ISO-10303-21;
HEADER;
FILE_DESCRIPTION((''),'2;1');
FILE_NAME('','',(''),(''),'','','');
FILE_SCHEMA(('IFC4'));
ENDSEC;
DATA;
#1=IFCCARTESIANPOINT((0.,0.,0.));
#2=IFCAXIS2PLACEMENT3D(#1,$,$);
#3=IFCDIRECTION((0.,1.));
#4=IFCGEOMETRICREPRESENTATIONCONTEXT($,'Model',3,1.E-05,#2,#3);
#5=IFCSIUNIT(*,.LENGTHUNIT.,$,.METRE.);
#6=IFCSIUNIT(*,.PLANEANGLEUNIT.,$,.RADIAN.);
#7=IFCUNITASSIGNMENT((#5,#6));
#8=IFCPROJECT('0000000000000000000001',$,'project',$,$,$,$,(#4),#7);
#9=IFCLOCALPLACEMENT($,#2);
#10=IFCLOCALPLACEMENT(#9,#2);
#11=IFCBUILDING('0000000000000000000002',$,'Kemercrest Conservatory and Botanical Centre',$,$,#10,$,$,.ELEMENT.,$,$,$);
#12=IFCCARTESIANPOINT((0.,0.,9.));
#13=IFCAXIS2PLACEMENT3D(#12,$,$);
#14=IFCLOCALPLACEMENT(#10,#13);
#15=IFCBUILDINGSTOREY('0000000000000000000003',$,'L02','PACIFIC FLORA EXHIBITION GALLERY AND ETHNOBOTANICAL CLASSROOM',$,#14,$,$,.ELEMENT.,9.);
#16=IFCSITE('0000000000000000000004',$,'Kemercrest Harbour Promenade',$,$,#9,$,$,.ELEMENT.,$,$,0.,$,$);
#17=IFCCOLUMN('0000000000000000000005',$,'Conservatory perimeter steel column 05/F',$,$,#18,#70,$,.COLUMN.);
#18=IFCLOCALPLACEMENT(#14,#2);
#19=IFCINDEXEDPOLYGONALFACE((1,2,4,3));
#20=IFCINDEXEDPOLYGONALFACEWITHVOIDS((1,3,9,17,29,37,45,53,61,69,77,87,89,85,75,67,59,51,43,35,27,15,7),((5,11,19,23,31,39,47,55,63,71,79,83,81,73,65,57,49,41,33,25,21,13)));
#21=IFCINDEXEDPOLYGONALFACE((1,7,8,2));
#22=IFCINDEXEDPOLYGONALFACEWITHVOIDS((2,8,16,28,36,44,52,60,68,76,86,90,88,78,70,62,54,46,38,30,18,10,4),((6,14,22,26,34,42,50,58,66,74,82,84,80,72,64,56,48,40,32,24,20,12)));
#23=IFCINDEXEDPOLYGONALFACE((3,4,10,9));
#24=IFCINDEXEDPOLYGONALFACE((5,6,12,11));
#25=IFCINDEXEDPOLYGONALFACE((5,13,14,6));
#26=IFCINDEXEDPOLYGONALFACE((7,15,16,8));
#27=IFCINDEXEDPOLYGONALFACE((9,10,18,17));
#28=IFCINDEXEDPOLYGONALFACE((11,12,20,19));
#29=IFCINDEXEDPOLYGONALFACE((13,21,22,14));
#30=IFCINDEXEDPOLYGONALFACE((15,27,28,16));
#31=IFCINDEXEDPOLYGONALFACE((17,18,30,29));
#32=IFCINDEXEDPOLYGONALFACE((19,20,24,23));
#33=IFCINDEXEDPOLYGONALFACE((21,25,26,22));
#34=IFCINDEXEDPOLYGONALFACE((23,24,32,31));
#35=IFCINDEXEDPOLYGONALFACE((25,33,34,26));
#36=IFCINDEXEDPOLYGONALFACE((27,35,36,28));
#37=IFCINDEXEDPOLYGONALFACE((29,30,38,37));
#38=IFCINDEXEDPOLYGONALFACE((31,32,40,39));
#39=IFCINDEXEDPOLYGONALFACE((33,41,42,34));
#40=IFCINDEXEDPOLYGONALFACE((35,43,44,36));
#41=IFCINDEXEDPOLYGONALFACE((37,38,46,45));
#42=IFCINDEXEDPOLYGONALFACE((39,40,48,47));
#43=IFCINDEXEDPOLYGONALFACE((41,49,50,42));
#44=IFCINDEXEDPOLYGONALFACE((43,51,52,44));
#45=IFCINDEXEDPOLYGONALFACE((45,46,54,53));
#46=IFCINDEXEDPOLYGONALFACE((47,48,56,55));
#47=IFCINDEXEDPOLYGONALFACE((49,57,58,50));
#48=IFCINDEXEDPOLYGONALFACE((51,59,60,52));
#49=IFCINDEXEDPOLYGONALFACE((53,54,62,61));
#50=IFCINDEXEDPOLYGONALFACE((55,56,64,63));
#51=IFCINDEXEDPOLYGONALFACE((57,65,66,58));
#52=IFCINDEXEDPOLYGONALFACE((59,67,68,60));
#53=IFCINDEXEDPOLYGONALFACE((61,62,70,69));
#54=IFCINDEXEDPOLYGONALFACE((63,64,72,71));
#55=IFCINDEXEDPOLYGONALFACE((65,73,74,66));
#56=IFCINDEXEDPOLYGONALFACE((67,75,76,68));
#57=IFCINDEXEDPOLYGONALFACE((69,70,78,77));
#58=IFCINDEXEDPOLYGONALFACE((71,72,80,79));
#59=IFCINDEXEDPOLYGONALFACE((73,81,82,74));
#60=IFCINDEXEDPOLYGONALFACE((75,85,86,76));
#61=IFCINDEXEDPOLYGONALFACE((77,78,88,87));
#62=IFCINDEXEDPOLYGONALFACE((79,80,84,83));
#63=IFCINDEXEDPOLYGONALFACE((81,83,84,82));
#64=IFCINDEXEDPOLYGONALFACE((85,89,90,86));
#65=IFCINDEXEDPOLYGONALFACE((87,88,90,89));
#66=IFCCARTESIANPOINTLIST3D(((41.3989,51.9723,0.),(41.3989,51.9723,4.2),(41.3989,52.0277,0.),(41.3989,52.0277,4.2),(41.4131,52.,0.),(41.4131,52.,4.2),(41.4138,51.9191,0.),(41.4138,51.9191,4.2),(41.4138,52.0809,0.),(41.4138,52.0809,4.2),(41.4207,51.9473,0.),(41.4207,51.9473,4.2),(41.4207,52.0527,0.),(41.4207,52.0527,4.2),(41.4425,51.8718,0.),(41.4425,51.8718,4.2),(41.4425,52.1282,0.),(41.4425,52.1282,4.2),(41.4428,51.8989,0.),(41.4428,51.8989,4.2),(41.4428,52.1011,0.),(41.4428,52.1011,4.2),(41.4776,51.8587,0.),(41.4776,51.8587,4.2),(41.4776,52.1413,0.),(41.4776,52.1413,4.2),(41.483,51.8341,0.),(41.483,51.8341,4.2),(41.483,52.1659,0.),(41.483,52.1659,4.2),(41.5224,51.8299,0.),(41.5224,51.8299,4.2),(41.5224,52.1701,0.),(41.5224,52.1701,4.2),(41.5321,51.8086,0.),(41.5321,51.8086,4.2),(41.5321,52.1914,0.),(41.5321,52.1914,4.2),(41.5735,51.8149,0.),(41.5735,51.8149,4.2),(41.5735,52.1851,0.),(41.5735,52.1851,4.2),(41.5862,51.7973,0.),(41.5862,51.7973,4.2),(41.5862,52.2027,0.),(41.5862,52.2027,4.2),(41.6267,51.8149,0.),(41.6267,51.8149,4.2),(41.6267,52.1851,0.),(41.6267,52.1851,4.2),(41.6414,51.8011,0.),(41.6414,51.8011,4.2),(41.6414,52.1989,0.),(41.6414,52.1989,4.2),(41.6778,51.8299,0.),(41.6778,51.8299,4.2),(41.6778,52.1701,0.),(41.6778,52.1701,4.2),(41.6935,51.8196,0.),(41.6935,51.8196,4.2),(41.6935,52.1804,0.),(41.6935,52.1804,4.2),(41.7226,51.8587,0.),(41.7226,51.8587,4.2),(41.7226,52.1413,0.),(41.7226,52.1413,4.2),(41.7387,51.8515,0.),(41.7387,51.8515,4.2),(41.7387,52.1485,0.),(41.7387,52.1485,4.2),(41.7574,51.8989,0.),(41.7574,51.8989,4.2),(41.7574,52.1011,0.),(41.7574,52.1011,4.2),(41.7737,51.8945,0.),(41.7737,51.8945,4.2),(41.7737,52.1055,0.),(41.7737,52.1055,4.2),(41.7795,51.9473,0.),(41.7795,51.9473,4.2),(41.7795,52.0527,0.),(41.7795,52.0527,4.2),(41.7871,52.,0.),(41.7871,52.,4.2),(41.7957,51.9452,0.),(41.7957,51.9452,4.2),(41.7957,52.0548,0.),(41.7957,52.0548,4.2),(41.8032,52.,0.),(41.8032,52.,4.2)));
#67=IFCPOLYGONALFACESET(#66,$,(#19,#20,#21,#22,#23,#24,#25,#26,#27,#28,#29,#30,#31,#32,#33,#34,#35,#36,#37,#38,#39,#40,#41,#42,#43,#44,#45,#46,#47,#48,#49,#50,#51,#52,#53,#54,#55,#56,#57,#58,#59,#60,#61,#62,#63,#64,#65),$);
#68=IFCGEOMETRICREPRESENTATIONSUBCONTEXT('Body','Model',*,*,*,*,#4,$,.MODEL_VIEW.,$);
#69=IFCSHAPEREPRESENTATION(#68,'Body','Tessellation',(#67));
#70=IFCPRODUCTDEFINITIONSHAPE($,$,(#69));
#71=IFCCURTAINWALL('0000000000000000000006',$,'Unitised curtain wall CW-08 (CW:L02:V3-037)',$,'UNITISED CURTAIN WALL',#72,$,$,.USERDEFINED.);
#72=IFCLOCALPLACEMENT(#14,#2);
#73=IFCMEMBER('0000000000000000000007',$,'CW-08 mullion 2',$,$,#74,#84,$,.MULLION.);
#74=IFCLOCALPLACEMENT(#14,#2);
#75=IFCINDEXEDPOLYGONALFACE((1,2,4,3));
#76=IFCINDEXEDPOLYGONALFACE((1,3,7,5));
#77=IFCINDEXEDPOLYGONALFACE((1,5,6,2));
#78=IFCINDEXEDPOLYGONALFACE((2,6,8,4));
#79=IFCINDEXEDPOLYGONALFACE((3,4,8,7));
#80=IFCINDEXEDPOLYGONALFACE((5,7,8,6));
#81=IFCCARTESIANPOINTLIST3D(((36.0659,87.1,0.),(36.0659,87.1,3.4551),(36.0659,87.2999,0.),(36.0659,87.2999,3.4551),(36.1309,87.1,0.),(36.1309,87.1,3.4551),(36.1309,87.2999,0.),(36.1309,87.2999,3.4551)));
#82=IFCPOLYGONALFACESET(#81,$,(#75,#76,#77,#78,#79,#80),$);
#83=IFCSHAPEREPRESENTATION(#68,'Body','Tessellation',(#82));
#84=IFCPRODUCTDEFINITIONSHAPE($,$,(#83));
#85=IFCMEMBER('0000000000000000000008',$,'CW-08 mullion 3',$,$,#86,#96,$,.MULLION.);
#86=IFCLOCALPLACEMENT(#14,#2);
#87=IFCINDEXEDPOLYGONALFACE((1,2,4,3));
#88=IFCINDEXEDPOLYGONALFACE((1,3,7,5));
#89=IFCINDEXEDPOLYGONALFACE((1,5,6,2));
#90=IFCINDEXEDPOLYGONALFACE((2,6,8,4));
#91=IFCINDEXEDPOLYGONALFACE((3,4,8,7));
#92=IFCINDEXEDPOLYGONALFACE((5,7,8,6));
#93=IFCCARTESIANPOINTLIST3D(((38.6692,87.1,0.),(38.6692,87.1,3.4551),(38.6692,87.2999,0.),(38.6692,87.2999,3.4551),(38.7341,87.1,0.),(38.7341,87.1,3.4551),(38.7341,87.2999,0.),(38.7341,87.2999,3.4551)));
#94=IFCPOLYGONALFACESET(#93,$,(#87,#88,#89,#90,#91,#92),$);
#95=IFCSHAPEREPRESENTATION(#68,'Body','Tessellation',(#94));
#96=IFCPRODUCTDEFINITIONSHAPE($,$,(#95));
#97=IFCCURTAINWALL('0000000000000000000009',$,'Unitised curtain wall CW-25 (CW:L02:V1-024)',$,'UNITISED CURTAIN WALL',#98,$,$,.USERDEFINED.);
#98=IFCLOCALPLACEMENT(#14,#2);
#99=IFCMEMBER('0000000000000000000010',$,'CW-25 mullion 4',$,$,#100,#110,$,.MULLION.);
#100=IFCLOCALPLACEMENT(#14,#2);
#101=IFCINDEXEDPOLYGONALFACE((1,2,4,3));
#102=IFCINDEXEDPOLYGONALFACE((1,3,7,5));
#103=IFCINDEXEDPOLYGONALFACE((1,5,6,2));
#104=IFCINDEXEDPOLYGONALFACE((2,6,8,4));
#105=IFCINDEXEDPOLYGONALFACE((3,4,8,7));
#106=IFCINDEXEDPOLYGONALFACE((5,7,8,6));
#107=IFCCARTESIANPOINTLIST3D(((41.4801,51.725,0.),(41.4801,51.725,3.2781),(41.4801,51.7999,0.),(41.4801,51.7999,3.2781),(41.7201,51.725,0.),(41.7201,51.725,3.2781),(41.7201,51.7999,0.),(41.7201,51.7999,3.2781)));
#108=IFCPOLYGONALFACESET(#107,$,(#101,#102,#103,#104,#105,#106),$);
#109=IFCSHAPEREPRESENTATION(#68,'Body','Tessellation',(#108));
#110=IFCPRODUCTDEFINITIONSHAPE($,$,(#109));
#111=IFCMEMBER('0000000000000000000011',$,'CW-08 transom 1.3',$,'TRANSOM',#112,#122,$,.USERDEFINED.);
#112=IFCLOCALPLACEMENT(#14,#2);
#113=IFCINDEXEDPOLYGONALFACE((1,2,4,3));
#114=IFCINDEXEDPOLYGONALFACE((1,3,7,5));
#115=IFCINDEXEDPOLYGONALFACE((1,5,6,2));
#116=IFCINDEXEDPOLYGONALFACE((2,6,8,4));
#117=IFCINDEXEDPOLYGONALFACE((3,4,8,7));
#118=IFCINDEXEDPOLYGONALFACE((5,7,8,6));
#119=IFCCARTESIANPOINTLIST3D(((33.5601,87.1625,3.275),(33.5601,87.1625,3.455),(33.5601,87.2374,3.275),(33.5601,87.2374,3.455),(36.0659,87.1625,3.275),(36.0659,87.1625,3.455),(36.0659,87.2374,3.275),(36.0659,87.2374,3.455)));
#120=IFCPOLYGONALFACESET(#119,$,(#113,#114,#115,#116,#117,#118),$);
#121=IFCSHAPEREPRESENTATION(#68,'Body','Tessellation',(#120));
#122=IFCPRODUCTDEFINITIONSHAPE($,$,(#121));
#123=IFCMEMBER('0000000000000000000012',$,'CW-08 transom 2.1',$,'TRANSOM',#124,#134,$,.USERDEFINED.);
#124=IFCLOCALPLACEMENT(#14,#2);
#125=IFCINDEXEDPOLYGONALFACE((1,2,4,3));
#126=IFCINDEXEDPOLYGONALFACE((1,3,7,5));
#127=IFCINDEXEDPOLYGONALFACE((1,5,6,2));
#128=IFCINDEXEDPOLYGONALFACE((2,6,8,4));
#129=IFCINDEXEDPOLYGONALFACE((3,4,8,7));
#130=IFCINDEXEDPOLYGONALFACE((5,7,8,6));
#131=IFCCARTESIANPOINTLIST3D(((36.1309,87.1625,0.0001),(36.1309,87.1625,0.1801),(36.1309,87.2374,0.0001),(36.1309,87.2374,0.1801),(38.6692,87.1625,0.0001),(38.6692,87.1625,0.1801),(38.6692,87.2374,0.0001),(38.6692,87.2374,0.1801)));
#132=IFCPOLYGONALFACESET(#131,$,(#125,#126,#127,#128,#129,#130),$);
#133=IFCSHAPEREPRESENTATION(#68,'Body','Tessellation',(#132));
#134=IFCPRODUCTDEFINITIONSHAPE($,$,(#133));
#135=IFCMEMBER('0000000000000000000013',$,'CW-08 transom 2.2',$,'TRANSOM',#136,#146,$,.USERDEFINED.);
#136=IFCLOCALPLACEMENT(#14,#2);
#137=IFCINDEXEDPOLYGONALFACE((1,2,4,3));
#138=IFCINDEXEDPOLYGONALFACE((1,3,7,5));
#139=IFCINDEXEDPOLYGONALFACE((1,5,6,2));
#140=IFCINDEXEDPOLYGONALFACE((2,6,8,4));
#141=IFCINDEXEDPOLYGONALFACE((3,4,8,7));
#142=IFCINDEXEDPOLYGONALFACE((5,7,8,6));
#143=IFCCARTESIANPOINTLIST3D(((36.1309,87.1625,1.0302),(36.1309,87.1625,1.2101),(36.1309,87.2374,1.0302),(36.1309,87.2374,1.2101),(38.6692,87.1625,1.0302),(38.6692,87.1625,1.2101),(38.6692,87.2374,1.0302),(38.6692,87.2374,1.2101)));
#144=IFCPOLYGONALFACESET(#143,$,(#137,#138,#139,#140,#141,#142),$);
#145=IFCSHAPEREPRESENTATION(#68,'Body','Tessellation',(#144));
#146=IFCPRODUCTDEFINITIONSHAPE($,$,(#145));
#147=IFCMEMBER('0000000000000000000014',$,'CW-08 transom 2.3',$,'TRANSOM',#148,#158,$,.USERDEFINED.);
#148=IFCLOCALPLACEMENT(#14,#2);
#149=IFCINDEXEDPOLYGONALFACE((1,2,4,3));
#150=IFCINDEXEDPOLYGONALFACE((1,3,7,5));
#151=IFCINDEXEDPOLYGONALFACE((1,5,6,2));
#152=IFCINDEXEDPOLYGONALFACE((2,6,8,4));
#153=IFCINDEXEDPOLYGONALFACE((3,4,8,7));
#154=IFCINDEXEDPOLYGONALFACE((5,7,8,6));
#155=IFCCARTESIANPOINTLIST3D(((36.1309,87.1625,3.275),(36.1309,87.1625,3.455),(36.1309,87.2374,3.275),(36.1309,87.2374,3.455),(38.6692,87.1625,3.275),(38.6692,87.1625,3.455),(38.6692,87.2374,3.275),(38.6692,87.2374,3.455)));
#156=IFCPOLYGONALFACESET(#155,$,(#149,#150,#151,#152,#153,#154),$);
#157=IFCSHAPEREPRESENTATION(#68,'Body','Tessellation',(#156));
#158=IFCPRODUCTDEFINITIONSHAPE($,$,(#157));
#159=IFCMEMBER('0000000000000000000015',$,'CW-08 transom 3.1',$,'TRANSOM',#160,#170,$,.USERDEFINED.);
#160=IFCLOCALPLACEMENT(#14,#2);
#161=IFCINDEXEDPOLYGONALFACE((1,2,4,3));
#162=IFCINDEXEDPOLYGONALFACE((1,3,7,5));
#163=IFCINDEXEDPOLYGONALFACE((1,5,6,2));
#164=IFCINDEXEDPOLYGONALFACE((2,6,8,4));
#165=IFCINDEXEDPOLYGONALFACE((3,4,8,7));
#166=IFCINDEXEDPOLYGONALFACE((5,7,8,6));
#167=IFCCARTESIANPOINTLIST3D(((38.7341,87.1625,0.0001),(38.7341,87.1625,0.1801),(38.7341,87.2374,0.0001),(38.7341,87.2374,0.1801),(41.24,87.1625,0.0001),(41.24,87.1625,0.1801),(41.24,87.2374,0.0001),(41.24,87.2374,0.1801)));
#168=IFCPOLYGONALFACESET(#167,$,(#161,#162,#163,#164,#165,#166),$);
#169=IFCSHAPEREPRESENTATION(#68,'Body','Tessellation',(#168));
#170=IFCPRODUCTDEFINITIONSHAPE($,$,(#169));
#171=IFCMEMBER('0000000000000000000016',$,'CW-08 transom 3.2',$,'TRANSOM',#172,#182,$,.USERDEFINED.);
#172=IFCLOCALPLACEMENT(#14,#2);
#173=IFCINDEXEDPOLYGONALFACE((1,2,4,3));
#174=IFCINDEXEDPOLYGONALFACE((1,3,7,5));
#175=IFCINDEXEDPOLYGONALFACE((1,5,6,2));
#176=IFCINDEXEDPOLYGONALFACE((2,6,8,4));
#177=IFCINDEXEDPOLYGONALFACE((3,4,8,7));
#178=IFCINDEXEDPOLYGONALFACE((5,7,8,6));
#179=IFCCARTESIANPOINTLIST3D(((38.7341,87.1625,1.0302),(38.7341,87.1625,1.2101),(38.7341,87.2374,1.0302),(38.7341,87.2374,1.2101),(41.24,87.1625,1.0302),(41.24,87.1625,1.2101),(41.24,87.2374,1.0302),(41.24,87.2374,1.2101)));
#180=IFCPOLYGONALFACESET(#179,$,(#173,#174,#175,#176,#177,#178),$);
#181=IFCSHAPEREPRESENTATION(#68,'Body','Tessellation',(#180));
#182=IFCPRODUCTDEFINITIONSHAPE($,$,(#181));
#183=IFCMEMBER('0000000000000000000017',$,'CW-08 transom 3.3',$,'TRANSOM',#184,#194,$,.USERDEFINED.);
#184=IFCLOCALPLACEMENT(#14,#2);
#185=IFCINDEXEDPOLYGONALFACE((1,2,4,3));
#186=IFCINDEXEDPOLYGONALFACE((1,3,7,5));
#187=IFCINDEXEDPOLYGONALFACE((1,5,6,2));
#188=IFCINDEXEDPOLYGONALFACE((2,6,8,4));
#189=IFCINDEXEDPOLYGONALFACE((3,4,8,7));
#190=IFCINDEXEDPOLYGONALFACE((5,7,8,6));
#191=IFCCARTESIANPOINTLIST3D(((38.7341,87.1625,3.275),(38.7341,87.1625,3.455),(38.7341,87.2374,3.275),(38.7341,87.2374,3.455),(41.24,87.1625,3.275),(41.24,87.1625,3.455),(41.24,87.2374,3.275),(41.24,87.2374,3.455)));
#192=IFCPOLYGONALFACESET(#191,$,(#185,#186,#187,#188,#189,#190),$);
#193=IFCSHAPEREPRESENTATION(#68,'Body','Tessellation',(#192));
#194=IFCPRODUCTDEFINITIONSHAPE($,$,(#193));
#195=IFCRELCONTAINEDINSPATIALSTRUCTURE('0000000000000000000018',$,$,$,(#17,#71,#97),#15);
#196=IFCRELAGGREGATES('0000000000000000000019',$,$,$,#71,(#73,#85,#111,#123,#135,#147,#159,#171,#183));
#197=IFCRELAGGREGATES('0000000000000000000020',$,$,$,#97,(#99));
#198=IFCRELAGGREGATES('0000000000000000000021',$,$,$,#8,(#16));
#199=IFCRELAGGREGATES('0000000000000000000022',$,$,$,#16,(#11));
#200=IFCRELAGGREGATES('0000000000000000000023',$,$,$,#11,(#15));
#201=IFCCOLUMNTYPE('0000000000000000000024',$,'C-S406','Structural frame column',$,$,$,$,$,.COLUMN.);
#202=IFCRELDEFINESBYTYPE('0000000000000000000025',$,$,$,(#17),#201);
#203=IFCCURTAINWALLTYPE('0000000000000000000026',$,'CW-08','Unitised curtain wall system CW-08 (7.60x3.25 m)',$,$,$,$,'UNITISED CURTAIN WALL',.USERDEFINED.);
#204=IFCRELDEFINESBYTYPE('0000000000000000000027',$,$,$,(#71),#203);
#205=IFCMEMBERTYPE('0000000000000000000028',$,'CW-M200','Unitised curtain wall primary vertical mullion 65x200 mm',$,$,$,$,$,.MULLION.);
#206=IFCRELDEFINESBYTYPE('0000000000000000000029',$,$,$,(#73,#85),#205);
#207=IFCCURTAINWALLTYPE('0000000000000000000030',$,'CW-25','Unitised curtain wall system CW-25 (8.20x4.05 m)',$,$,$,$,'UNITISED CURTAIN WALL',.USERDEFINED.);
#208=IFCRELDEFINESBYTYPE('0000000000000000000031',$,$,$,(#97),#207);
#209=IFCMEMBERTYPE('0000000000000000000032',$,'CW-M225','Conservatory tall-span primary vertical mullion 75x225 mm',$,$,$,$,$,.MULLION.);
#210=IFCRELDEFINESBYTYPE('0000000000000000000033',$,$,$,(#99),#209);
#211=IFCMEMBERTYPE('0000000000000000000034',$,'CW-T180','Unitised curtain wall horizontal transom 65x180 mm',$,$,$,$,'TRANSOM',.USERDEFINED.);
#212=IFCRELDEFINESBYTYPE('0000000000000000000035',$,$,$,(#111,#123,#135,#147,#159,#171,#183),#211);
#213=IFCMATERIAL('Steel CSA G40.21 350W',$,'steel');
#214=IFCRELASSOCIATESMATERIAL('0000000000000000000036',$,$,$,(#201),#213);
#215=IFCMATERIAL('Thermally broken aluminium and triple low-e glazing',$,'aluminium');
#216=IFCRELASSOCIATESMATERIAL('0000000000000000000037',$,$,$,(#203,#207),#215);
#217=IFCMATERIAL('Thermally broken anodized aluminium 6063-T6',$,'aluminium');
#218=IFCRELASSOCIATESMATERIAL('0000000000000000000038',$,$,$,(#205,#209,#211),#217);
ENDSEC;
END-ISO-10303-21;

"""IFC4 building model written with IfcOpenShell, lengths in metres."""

from ifc_helpers import new_model, si_unit, direction, frame, origin, origin_2d, place, context, subcontext, project, spatial, rectangle, hollow_circle, extrude, material, material_profile, profile_set, type_object, element, aggregate, save


model = new_model("IFC4")

# Units and contexts
model_context = context("Model", 3, precision=1e-05, world=origin(), true_north=direction((0.0, 1.0)))
body_context = subcontext(model_context, "Body", "Model", "MODEL_VIEW")
ifc_project = project(units=[si_unit("LENGTHUNIT", "METRE"), si_unit("PLANEANGLEUNIT", "RADIAN")], contexts=[model_context])

# Site, building, storey
site_placement = place(None, origin())
site = spatial("IfcSite", under=ifc_project, at=site_placement, Name="Kemercrest Harbour Promenade", CompositionType="ELEMENT", RefElevation=0.0)
building_placement = place(site_placement, origin())
building = spatial("IfcBuilding", under=site, at=building_placement, Name="Kemercrest Conservatory and Botanical Centre", CompositionType="ELEMENT")
storey_placement = place(building_placement, frame((0.0, 0.0, 9.0)))
storey = spatial("IfcBuildingStorey", under=building, at=storey_placement, Name="L02", Description="PACIFIC FLORA EXHIBITION GALLERY AND ETHNOBOTANICAL CLASSROOM", CompositionType="ELEMENT", Elevation=9.0)

# Column
ifc_material_1 = material(Name="Steel CSA G40.21 350W", Category="steel")
ifc_material_profile_1 = material_profile(ifc_material_1, hollow_circle(Radius=0.2031, WallThickness=0.0161, at=origin_2d()), Name="CHS 406.4x16.0")
ifc_profile_set_1 = profile_set([ifc_material_profile_1], Name="Steel CSA G40.21 350W")
column_type = type_object("IfcColumnType", Name="C-S406", Description="Structural frame column", PredefinedType="COLUMN", material=ifc_profile_set_1)
column_placement = place(storey_placement, frame((41.6001, 52.0, 0.0), z_axis=(0.0, 0.0, 1.0), x_axis=(1.0, 0.0, 0.0)))
element("IfcColumn", 1, at=column_placement, inside=storey, type_object=column_type, Name="Conservatory perimeter steel column 05/F", PredefinedType="COLUMN", context=body_context, shape_type="SweptSolid", body=[
    extrude(hollow_circle(Radius=0.2031, WallThickness=0.0161, at=origin_2d()), origin(), (0.0, 0.0, 1.0), 4.2),
])

# Curtain wall, members
ifc_material_2 = material(Name="Thermally broken aluminium and triple low-e glazing", Category="aluminium")
curtain_wall_type_1 = type_object("IfcCurtainWallType", Name="CW-08", Description="Unitised curtain wall system CW-08 (7.60x3.25 m)", ElementType="UNITISED CURTAIN WALL", PredefinedType="USERDEFINED", material=ifc_material_2)
curtain_wall_1_placement = place(storey_placement, origin())
curtain_wall_1 = element("IfcCurtainWall", 2, at=curtain_wall_1_placement, inside=storey, type_object=curtain_wall_type_1, Name="Unitised curtain wall CW-08 (CW:L02:V3-037)", ObjectType="UNITISED CURTAIN WALL", PredefinedType="USERDEFINED")
ifc_material_3 = material(Name="Thermally broken anodized aluminium 6063-T6", Category="aluminium")
ifc_material_profile_2 = material_profile(ifc_material_3, rectangle(XDim=0.2, YDim=0.0649, at=origin_2d()), Name="AL MULLION 65x200")
ifc_profile_set_2 = profile_set([ifc_material_profile_2], Name="Thermally broken anodized aluminium 6063-T6")
member_type_1 = type_object("IfcMemberType", Name="CW-M200", Description="Unitised curtain wall primary vertical mullion 65x200 mm", PredefinedType="MULLION", material=ifc_profile_set_2)
member_1_placement = place(storey_placement, frame((36.0984, 87.2, 0.0), z_axis=(0.0, 0.0, 1.0), x_axis=(0.0, 1.0, 0.0)))
member_1 = element("IfcMember", 3, at=member_1_placement, type_object=member_type_1, Name="CW-08 mullion 2", PredefinedType="MULLION", context=body_context, shape_type="SweptSolid", body=[
    extrude(rectangle(XDim=0.2, YDim=0.0649, at=origin_2d()), origin(), (0.0, 0.0, 1.0), 3.4551),
])
member_2_placement = place(storey_placement, frame((38.7017, 87.2, 0.0), z_axis=(0.0, 0.0, 1.0), x_axis=(0.0, 1.0, 0.0)))
member_2 = element("IfcMember", 4, at=member_2_placement, type_object=member_type_1, Name="CW-08 mullion 3", PredefinedType="MULLION", context=body_context, shape_type="SweptSolid", body=[
    extrude(rectangle(XDim=0.2, YDim=0.0649, at=origin_2d()), origin(), (0.0, 0.0, 1.0), 3.4551),
])

# Curtain wall, member
curtain_wall_type_2 = type_object("IfcCurtainWallType", Name="CW-25", Description="Unitised curtain wall system CW-25 (8.20x4.05 m)", ElementType="UNITISED CURTAIN WALL", PredefinedType="USERDEFINED", material=ifc_material_2)
curtain_wall_2_placement = place(storey_placement, origin())
curtain_wall_2 = element("IfcCurtainWall", 5, at=curtain_wall_2_placement, inside=storey, type_object=curtain_wall_type_2, Name="Unitised curtain wall CW-25 (CW:L02:V1-024)", ObjectType="UNITISED CURTAIN WALL", PredefinedType="USERDEFINED")
ifc_material_profile_3 = material_profile(ifc_material_3, rectangle(XDim=0.24, YDim=0.075, at=origin_2d()), Name="AL MULLION 75x240")
ifc_profile_set_3 = profile_set([ifc_material_profile_3], Name="Thermally broken anodized aluminium 6063-T6")
member_type_2 = type_object("IfcMemberType", Name="CW-M225", Description="Conservatory tall-span primary vertical mullion 75x225 mm", PredefinedType="MULLION", material=ifc_profile_set_3)
member_3_placement = place(storey_placement, frame((41.6001, 51.7625, 0.0), z_axis=(0.0, 0.0, 1.0), x_axis=(-1.0, 0.0, 0.0)))
member_3 = element("IfcMember", 6, at=member_3_placement, type_object=member_type_2, Name="CW-25 mullion 4", PredefinedType="MULLION", context=body_context, shape_type="SweptSolid", body=[
    extrude(rectangle(XDim=0.24, YDim=0.075, at=origin_2d()), origin(), (0.0, 0.0, 1.0), 3.2781),
])

# Members
ifc_material_profile_4 = material_profile(ifc_material_3, rectangle(XDim=0.075, YDim=0.1799, at=origin_2d()), Name="AL TRANSOM 75x180")
ifc_profile_set_4 = profile_set([ifc_material_profile_4], Name="Thermally broken anodized aluminium 6063-T6")
member_type_3 = type_object("IfcMemberType", Name="CW-T180", Description="Unitised curtain wall horizontal transom 65x180 mm", ElementType="TRANSOM", PredefinedType="USERDEFINED", material=ifc_profile_set_4)
member_4_placement = place(storey_placement, frame((33.5601, 87.2, 3.365), z_axis=(1.0, 0.0, 0.0), x_axis=(0.0, 1.0, 0.0)))
member_4 = element("IfcMember", 7, at=member_4_placement, type_object=member_type_3, Name="CW-08 transom 1.3", ObjectType="TRANSOM", PredefinedType="USERDEFINED", context=body_context, shape_type="SweptSolid", body=[
    extrude(rectangle(XDim=0.075, YDim=0.1799, at=origin_2d()), origin(), (0.0, 0.0, 1.0), 2.5059),
])
member_5_placement = place(storey_placement, frame((36.1309, 87.2, 0.0901), z_axis=(1.0, 0.0, 0.0), x_axis=(0.0, 1.0, 0.0)))
member_5 = element("IfcMember", 8, at=member_5_placement, type_object=member_type_3, Name="CW-08 transom 2.1", ObjectType="TRANSOM", PredefinedType="USERDEFINED", context=body_context, shape_type="SweptSolid", body=[
    extrude(rectangle(XDim=0.075, YDim=0.1799, at=origin_2d()), origin(), (0.0, 0.0, 1.0), 2.5383),
])
member_6_placement = place(storey_placement, frame((36.1309, 87.2, 1.1201), z_axis=(1.0, 0.0, 0.0), x_axis=(0.0, 1.0, 0.0)))
member_6 = element("IfcMember", 9, at=member_6_placement, type_object=member_type_3, Name="CW-08 transom 2.2", ObjectType="TRANSOM", PredefinedType="USERDEFINED", context=body_context, shape_type="SweptSolid", body=[
    extrude(rectangle(XDim=0.075, YDim=0.1799, at=origin_2d()), origin(), (0.0, 0.0, 1.0), 2.5383),
])
member_7_placement = place(storey_placement, frame((36.1309, 87.2, 3.365), z_axis=(1.0, 0.0, 0.0), x_axis=(0.0, 1.0, 0.0)))
member_7 = element("IfcMember", 10, at=member_7_placement, type_object=member_type_3, Name="CW-08 transom 2.3", ObjectType="TRANSOM", PredefinedType="USERDEFINED", context=body_context, shape_type="SweptSolid", body=[
    extrude(rectangle(XDim=0.075, YDim=0.1799, at=origin_2d()), origin(), (0.0, 0.0, 1.0), 2.5383),
])
member_8_placement = place(storey_placement, frame((38.7341, 87.2, 0.0901), z_axis=(1.0, 0.0, 0.0), x_axis=(0.0, 1.0, 0.0)))
member_8 = element("IfcMember", 11, at=member_8_placement, type_object=member_type_3, Name="CW-08 transom 3.1", ObjectType="TRANSOM", PredefinedType="USERDEFINED", context=body_context, shape_type="SweptSolid", body=[
    extrude(rectangle(XDim=0.075, YDim=0.1799, at=origin_2d()), origin(), (0.0, 0.0, 1.0), 2.5059),
])
member_9_placement = place(storey_placement, frame((38.7341, 87.2, 1.1201), z_axis=(1.0, 0.0, 0.0), x_axis=(0.0, 1.0, 0.0)))
member_9 = element("IfcMember", 12, at=member_9_placement, type_object=member_type_3, Name="CW-08 transom 3.2", ObjectType="TRANSOM", PredefinedType="USERDEFINED", context=body_context, shape_type="SweptSolid", body=[
    extrude(rectangle(XDim=0.075, YDim=0.1799, at=origin_2d()), origin(), (0.0, 0.0, 1.0), 2.5059),
])
member_10_placement = place(storey_placement, frame((38.7341, 87.2, 3.365), z_axis=(1.0, 0.0, 0.0), x_axis=(0.0, 1.0, 0.0)))
member_10 = element("IfcMember", 13, at=member_10_placement, type_object=member_type_3, Name="CW-08 transom 3.3", ObjectType="TRANSOM", PredefinedType="USERDEFINED", context=body_context, shape_type="SweptSolid", body=[
    extrude(rectangle(XDim=0.075, YDim=0.1799, at=origin_2d()), origin(), (0.0, 0.0, 1.0), 2.5059),
])

aggregate(curtain_wall_1, [member_1, member_2, member_4, member_5, member_6, member_7, member_8, member_9, member_10])
aggregate(curtain_wall_2, [member_3])

save(model, "model.ifc")
